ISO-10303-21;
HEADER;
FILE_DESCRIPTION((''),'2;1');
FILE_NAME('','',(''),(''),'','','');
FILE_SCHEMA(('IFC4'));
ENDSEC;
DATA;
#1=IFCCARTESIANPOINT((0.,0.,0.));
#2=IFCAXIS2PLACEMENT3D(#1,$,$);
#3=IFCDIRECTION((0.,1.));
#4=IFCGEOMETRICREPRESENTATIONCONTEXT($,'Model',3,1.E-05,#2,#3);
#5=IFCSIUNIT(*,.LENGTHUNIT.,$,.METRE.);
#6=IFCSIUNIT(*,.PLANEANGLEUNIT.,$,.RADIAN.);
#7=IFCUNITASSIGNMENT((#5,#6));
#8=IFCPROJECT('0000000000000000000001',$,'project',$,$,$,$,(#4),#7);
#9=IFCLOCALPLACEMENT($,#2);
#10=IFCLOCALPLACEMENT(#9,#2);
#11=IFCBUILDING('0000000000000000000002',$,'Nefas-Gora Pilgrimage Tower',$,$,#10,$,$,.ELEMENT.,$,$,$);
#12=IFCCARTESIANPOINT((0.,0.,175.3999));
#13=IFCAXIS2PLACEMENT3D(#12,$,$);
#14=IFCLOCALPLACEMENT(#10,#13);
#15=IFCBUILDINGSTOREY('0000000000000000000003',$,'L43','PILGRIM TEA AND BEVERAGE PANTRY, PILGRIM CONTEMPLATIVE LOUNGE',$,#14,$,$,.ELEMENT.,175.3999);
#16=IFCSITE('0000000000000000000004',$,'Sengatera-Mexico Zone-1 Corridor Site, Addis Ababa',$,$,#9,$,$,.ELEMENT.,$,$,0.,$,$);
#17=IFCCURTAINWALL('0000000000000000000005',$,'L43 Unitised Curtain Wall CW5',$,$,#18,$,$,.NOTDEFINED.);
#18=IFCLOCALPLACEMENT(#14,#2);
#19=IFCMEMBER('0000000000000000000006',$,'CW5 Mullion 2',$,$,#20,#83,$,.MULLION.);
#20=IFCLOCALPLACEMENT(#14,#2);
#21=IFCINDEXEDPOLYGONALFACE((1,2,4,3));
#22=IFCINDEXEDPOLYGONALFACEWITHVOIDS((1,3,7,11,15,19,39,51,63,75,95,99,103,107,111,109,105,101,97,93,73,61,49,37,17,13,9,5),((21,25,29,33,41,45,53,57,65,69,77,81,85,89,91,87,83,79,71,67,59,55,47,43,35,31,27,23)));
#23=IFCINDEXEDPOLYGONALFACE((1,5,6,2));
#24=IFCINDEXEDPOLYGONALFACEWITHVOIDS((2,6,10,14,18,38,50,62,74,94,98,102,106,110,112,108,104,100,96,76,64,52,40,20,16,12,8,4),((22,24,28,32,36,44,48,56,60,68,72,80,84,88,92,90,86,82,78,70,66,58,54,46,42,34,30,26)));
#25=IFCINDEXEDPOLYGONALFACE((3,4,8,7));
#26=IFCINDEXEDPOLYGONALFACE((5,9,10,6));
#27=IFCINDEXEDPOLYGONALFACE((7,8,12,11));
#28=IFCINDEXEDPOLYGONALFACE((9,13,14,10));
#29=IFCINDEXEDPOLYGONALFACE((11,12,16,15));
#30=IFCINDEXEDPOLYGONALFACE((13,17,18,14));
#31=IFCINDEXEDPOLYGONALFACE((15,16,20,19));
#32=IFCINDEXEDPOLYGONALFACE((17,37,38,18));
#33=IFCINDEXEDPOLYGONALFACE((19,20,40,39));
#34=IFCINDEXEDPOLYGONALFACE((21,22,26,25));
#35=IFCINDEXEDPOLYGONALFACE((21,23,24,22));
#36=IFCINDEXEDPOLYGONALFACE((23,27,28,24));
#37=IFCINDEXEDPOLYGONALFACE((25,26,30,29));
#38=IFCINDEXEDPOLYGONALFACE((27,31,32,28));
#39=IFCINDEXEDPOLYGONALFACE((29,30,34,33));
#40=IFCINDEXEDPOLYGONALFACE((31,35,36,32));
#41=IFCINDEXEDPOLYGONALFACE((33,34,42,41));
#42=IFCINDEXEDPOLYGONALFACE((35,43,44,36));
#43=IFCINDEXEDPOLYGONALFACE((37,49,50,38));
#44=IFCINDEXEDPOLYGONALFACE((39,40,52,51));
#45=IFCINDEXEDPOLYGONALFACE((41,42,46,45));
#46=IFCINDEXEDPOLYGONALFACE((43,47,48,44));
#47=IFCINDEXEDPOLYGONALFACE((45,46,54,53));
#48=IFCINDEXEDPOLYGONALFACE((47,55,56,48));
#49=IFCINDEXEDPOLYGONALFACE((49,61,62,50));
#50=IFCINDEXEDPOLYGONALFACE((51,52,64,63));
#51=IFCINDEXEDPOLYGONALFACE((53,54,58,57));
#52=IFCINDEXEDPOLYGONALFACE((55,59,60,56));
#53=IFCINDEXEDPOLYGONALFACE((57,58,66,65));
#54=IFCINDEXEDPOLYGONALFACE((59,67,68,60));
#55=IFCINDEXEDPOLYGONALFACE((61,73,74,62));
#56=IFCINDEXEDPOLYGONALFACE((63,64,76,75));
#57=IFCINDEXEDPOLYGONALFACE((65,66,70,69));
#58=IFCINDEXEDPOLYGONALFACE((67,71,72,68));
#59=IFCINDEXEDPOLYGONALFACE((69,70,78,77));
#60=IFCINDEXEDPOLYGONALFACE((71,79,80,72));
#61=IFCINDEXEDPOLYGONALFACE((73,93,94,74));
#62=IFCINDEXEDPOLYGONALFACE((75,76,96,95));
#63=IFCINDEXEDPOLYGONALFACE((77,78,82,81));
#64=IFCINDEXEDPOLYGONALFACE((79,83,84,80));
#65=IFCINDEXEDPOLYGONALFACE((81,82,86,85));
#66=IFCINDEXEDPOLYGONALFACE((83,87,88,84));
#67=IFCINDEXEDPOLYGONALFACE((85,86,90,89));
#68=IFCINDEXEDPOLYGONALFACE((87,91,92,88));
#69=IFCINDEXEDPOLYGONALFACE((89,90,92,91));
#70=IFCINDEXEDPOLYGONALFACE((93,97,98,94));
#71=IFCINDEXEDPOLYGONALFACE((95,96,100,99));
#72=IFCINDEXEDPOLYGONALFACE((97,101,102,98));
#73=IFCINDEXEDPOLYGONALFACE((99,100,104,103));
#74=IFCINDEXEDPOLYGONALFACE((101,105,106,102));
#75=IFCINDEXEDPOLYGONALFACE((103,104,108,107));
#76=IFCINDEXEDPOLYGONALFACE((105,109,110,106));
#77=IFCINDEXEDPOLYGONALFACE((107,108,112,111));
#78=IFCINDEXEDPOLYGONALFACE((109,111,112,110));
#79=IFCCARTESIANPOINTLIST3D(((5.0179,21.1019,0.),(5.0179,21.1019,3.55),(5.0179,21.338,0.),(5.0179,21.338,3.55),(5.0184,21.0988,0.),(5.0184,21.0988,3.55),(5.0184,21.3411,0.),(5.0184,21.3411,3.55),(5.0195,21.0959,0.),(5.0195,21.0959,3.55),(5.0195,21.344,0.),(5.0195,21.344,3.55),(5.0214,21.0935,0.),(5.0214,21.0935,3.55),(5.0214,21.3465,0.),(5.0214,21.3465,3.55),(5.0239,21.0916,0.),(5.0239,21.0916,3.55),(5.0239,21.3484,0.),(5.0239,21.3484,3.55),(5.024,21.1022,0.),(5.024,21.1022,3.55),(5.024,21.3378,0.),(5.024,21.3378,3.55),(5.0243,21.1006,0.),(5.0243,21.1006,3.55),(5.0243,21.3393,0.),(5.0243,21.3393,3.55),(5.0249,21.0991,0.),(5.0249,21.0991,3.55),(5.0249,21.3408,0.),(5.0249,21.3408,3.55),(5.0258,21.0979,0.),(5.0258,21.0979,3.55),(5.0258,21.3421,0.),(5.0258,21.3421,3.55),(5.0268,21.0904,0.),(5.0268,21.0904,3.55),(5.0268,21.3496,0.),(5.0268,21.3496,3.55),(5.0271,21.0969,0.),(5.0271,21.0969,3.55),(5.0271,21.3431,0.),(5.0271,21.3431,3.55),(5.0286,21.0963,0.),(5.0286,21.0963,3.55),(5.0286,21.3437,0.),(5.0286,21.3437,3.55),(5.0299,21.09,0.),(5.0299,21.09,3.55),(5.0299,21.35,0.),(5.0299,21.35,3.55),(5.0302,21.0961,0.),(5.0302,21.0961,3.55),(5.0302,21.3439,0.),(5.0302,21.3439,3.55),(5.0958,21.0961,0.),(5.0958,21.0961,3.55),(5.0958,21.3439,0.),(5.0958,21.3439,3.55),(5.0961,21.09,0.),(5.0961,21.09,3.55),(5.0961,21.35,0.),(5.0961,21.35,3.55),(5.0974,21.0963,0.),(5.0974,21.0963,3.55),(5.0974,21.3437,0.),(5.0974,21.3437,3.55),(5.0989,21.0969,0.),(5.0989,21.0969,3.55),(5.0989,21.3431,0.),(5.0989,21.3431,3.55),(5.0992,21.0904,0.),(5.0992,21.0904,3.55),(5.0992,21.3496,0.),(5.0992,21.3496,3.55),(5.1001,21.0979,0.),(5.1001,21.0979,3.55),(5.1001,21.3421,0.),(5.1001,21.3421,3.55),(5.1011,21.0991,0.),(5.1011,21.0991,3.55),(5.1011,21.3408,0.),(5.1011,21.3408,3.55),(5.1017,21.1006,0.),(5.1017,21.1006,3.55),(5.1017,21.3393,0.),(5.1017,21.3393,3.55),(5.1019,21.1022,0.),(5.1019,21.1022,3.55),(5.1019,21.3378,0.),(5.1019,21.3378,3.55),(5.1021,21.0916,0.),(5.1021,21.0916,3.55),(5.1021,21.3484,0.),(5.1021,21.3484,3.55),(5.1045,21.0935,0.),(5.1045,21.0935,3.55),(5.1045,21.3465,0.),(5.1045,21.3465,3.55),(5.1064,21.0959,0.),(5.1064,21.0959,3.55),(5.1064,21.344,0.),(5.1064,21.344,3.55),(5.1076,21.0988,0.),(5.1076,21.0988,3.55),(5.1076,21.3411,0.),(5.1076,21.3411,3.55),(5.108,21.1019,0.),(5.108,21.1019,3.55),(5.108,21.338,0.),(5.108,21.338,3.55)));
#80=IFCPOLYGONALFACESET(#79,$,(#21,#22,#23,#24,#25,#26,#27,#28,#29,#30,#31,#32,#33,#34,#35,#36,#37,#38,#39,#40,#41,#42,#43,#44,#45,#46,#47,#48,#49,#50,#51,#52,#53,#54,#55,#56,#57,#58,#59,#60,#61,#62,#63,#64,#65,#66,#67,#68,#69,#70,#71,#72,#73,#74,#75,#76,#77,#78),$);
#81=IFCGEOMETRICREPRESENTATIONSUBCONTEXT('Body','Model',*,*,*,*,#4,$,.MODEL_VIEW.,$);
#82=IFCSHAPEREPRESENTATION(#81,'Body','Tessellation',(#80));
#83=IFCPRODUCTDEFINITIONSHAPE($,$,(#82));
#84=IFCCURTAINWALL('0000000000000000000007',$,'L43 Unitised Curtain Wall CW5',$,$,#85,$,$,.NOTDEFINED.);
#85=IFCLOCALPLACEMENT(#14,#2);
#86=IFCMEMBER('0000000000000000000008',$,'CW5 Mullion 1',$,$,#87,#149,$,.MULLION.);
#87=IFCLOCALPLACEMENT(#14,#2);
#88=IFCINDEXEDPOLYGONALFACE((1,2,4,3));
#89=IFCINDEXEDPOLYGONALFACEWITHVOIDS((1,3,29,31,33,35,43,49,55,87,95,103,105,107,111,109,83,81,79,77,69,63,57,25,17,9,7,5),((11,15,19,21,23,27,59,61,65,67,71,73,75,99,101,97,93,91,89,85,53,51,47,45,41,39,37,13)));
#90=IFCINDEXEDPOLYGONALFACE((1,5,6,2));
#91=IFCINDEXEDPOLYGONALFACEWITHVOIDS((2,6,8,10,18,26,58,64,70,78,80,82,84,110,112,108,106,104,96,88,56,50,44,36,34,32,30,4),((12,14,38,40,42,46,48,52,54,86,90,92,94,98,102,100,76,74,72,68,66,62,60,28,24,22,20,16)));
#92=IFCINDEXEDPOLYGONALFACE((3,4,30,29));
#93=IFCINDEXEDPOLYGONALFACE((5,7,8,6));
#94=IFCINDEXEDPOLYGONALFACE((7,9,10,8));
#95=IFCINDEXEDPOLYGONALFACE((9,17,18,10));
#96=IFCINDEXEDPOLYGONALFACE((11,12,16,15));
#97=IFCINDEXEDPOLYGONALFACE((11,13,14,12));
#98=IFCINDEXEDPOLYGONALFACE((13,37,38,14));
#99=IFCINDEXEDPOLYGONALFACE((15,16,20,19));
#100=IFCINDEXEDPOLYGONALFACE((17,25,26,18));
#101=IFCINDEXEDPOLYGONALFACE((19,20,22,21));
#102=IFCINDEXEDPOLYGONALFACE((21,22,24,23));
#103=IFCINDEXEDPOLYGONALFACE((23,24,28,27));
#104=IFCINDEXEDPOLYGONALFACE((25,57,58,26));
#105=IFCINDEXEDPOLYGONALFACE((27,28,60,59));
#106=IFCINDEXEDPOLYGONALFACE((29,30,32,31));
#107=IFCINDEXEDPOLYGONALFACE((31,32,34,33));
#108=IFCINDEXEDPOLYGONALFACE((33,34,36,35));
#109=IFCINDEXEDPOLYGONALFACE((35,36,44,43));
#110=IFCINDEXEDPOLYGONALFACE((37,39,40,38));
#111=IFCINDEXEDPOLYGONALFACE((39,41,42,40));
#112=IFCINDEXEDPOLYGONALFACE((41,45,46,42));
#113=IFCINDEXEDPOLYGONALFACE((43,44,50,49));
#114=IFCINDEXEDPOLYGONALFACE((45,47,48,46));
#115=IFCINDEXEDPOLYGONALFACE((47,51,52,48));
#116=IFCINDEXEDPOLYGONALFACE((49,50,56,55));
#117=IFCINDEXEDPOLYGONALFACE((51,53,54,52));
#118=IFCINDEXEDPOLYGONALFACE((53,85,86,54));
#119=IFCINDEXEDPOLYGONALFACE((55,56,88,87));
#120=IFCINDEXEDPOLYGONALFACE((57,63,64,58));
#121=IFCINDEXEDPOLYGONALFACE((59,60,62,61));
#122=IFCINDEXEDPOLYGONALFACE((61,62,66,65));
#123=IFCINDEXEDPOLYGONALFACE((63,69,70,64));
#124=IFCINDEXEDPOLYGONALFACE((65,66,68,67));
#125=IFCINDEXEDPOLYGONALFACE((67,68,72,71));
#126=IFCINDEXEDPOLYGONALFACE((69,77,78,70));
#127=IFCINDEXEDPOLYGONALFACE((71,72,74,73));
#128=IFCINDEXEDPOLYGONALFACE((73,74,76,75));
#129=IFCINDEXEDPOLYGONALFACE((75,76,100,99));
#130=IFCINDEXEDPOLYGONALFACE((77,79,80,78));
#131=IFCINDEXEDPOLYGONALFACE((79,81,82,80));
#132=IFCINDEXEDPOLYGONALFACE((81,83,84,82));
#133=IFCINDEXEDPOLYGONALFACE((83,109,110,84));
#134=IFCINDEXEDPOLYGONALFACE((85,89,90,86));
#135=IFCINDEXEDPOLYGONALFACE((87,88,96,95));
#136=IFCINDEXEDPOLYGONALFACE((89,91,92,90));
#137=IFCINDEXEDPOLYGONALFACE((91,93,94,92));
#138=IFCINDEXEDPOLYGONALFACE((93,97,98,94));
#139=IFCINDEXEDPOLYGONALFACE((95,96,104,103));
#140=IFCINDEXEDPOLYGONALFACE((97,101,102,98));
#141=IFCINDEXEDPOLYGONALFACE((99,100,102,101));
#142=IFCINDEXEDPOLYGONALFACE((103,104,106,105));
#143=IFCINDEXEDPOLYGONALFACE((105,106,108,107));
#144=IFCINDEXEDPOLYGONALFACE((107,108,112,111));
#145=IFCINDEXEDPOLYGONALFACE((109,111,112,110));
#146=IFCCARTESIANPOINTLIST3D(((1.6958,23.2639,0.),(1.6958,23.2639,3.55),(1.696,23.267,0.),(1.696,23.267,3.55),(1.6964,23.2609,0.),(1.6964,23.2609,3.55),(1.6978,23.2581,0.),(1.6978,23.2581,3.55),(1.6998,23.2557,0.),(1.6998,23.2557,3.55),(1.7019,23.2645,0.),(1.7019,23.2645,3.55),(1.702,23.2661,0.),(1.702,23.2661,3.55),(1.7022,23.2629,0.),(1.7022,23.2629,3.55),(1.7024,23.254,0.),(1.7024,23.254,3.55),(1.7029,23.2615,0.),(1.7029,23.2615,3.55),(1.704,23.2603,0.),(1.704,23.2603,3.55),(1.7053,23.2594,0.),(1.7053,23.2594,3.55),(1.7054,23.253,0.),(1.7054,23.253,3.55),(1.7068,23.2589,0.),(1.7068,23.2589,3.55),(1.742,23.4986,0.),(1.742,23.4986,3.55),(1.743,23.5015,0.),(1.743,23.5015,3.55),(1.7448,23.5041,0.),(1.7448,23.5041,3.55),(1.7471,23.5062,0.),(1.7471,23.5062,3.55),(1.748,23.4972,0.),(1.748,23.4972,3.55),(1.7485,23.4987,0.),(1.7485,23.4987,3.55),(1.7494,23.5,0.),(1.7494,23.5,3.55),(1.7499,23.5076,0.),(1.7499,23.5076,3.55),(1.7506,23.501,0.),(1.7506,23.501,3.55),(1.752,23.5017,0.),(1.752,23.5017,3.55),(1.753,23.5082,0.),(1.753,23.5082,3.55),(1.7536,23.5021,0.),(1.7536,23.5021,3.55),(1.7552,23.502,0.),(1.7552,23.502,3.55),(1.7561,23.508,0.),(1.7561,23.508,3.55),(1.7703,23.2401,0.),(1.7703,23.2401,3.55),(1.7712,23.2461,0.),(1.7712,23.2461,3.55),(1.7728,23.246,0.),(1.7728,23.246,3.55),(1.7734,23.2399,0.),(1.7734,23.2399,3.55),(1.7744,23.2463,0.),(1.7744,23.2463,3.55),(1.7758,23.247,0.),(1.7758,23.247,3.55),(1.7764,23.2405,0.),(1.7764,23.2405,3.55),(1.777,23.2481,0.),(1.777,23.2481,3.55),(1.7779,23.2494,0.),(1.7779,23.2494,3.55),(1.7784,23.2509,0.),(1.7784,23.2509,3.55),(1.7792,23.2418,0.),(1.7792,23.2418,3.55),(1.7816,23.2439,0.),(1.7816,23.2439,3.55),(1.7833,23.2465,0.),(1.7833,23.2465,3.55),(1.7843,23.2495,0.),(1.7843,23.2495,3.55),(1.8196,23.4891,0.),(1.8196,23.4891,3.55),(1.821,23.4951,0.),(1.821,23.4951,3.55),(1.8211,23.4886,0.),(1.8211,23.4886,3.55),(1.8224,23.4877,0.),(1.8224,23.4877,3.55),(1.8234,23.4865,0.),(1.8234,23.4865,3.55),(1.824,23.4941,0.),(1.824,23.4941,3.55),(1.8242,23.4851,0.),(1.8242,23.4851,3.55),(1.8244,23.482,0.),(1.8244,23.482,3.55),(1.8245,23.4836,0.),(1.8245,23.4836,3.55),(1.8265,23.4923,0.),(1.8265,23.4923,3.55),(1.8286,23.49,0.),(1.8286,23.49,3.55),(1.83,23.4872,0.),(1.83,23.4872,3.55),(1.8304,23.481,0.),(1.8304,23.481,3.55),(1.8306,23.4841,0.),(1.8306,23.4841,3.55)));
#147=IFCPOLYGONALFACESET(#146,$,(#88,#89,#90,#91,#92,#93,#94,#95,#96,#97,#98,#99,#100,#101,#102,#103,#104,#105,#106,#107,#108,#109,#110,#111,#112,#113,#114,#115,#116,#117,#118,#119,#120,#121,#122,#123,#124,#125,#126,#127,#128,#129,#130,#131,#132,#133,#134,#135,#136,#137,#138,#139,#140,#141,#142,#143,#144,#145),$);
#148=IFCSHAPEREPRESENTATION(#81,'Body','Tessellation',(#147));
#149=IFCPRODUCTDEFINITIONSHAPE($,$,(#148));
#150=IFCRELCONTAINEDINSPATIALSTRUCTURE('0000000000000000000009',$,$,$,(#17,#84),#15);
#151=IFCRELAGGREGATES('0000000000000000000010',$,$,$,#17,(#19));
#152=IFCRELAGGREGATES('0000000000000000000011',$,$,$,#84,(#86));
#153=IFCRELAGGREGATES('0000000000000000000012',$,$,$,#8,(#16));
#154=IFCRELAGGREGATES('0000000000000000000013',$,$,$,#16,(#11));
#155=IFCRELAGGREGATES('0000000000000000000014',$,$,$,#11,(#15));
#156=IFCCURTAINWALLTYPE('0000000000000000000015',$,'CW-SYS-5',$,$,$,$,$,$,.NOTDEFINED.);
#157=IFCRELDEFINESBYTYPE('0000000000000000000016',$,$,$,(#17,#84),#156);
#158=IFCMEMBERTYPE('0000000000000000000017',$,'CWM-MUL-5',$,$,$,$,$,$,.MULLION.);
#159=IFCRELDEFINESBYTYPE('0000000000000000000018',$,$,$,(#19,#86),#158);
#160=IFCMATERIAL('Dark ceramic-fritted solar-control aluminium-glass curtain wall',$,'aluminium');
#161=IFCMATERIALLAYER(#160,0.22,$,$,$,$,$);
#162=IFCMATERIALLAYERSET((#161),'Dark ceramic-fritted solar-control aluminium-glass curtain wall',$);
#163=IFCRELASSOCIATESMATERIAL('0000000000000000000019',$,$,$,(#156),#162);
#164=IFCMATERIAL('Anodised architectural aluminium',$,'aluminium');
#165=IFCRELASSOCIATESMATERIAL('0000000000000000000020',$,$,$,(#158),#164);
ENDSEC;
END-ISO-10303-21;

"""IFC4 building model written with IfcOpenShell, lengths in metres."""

from ifc_helpers import new_model, si_unit, direction, frame, origin, origin_2d, place, context, subcontext, project, spatial, hollow_rectangle, extrude, source, transform, mapped, material, layer, layer_set, material_profile, profile_set, type_object, element, aggregate, save


model = new_model("IFC4")

# Units and contexts
model_context = context("Model", 3, precision=1e-05, world=origin(), true_north=direction((0.0, 1.0)))
body_context = subcontext(model_context, "Body", "Model", "MODEL_VIEW")
ifc_project = project(units=[si_unit("LENGTHUNIT", "METRE"), si_unit("PLANEANGLEUNIT", "RADIAN")], contexts=[model_context])

# Site, building, storey
site_placement = place(None, origin())
site = spatial("IfcSite", under=ifc_project, at=site_placement, Name="Sengatera-Mexico Zone-1 Corridor Site, Addis Ababa", CompositionType="ELEMENT", RefElevation=0.0)
building_placement = place(site_placement, origin())
building = spatial("IfcBuilding", under=site, at=building_placement, Name="Nefas-Gora Pilgrimage Tower", CompositionType="ELEMENT")
storey_placement = place(building_placement, frame((0.0, 0.0, 175.3999)))
storey = spatial("IfcBuildingStorey", under=building, at=storey_placement, Name="L43", Description="PILGRIM TEA AND BEVERAGE PANTRY, PILGRIM CONTEMPLATIVE LOUNGE", CompositionType="ELEMENT", Elevation=175.3999)

# Curtain wall, member
ifc_material_1 = material(Name="Dark ceramic-fritted solar-control aluminium-glass curtain wall", Category="aluminium")
ifc_layer_1 = layer(ifc_material_1, 0.22)
ifc_layer_set_1 = layer_set([ifc_layer_1], Name="Dark ceramic-fritted solar-control aluminium-glass curtain wall")
curtain_wall_type = type_object("IfcCurtainWallType", Name="CW-SYS-5", PredefinedType="NOTDEFINED", material=ifc_layer_set_1)
curtain_wall_1_placement = place(storey_placement, origin())
curtain_wall_1 = element("IfcCurtainWall", 1, at=curtain_wall_1_placement, inside=storey, type_object=curtain_wall_type, Name="L43 Unitised Curtain Wall CW5", PredefinedType="NOTDEFINED")
ifc_material_2 = material(Name="Anodised architectural aluminium", Category="aluminium")
ifc_material_profile_1 = material_profile(ifc_material_2, hollow_rectangle(XDim=0.0901, YDim=0.26, WallThickness=0.0061, InnerFilletRadius=0.0061, OuterFilletRadius=0.012, at=origin_2d()), Name="ALU MULLION 90x260")
ifc_profile_set_1 = profile_set([ifc_material_profile_1], Name="Anodised architectural aluminium")
member_type_1 = type_object("IfcMemberType", Name="CWM-MUL-5", PredefinedType="MULLION", material=ifc_profile_set_1)
shared_shape_1 = source(origin(), body_context, "Body", "SweptSolid", [
    extrude(hollow_rectangle(XDim=0.0901, YDim=0.26, WallThickness=0.0061, InnerFilletRadius=0.0061, OuterFilletRadius=0.012, at=origin_2d()), origin(), (0.0, 0.0, 1.0), 3.55),
])
member_1_placement = place(storey_placement, frame((5.063, 21.22, 0.0), z_axis=(0.0, 0.0, 1.0), x_axis=(-1.0, 0.0, 0.0)))
member_1 = element("IfcMember", 2, at=member_1_placement, type_object=member_type_1, Name="CW5 Mullion 2", PredefinedType="MULLION", context=body_context, shape_type="MappedRepresentation", body=[
    mapped(shared_shape_1, transform((0.0, 0.0, 0.0), x_axis=(1.0, 0.0, 0.0), y_axis=(0.0, 1.0, 0.0), z_axis=(0.0, 0.0, 1.0), scale=1.0)),
])

# Curtain wall, member
curtain_wall_2_placement = place(storey_placement, origin())
curtain_wall_2 = element("IfcCurtainWall", 3, at=curtain_wall_2_placement, inside=storey, type_object=curtain_wall_type, Name="L43 Unitised Curtain Wall CW5", PredefinedType="NOTDEFINED")
member_2_placement = place(storey_placement, frame((1.7632, 23.374, 0.0), z_axis=(0.0, 0.0, 1.0), x_axis=(-0.980783, 0.195102, 0.0)))
member_2 = element("IfcMember", 4, at=member_2_placement, type_object=member_type_1, Name="CW5 Mullion 1", PredefinedType="MULLION", context=body_context, shape_type="MappedRepresentation", body=[
    mapped(shared_shape_1, transform((0.0, 0.0, 0.0), x_axis=(1.0, 0.0, 0.0), y_axis=(0.0, 1.0, 0.0), z_axis=(0.0, 0.0, 1.0), scale=1.0)),
])

aggregate(curtain_wall_1, [member_1])
aggregate(curtain_wall_2, [member_2])

save(model, "model.ifc")
